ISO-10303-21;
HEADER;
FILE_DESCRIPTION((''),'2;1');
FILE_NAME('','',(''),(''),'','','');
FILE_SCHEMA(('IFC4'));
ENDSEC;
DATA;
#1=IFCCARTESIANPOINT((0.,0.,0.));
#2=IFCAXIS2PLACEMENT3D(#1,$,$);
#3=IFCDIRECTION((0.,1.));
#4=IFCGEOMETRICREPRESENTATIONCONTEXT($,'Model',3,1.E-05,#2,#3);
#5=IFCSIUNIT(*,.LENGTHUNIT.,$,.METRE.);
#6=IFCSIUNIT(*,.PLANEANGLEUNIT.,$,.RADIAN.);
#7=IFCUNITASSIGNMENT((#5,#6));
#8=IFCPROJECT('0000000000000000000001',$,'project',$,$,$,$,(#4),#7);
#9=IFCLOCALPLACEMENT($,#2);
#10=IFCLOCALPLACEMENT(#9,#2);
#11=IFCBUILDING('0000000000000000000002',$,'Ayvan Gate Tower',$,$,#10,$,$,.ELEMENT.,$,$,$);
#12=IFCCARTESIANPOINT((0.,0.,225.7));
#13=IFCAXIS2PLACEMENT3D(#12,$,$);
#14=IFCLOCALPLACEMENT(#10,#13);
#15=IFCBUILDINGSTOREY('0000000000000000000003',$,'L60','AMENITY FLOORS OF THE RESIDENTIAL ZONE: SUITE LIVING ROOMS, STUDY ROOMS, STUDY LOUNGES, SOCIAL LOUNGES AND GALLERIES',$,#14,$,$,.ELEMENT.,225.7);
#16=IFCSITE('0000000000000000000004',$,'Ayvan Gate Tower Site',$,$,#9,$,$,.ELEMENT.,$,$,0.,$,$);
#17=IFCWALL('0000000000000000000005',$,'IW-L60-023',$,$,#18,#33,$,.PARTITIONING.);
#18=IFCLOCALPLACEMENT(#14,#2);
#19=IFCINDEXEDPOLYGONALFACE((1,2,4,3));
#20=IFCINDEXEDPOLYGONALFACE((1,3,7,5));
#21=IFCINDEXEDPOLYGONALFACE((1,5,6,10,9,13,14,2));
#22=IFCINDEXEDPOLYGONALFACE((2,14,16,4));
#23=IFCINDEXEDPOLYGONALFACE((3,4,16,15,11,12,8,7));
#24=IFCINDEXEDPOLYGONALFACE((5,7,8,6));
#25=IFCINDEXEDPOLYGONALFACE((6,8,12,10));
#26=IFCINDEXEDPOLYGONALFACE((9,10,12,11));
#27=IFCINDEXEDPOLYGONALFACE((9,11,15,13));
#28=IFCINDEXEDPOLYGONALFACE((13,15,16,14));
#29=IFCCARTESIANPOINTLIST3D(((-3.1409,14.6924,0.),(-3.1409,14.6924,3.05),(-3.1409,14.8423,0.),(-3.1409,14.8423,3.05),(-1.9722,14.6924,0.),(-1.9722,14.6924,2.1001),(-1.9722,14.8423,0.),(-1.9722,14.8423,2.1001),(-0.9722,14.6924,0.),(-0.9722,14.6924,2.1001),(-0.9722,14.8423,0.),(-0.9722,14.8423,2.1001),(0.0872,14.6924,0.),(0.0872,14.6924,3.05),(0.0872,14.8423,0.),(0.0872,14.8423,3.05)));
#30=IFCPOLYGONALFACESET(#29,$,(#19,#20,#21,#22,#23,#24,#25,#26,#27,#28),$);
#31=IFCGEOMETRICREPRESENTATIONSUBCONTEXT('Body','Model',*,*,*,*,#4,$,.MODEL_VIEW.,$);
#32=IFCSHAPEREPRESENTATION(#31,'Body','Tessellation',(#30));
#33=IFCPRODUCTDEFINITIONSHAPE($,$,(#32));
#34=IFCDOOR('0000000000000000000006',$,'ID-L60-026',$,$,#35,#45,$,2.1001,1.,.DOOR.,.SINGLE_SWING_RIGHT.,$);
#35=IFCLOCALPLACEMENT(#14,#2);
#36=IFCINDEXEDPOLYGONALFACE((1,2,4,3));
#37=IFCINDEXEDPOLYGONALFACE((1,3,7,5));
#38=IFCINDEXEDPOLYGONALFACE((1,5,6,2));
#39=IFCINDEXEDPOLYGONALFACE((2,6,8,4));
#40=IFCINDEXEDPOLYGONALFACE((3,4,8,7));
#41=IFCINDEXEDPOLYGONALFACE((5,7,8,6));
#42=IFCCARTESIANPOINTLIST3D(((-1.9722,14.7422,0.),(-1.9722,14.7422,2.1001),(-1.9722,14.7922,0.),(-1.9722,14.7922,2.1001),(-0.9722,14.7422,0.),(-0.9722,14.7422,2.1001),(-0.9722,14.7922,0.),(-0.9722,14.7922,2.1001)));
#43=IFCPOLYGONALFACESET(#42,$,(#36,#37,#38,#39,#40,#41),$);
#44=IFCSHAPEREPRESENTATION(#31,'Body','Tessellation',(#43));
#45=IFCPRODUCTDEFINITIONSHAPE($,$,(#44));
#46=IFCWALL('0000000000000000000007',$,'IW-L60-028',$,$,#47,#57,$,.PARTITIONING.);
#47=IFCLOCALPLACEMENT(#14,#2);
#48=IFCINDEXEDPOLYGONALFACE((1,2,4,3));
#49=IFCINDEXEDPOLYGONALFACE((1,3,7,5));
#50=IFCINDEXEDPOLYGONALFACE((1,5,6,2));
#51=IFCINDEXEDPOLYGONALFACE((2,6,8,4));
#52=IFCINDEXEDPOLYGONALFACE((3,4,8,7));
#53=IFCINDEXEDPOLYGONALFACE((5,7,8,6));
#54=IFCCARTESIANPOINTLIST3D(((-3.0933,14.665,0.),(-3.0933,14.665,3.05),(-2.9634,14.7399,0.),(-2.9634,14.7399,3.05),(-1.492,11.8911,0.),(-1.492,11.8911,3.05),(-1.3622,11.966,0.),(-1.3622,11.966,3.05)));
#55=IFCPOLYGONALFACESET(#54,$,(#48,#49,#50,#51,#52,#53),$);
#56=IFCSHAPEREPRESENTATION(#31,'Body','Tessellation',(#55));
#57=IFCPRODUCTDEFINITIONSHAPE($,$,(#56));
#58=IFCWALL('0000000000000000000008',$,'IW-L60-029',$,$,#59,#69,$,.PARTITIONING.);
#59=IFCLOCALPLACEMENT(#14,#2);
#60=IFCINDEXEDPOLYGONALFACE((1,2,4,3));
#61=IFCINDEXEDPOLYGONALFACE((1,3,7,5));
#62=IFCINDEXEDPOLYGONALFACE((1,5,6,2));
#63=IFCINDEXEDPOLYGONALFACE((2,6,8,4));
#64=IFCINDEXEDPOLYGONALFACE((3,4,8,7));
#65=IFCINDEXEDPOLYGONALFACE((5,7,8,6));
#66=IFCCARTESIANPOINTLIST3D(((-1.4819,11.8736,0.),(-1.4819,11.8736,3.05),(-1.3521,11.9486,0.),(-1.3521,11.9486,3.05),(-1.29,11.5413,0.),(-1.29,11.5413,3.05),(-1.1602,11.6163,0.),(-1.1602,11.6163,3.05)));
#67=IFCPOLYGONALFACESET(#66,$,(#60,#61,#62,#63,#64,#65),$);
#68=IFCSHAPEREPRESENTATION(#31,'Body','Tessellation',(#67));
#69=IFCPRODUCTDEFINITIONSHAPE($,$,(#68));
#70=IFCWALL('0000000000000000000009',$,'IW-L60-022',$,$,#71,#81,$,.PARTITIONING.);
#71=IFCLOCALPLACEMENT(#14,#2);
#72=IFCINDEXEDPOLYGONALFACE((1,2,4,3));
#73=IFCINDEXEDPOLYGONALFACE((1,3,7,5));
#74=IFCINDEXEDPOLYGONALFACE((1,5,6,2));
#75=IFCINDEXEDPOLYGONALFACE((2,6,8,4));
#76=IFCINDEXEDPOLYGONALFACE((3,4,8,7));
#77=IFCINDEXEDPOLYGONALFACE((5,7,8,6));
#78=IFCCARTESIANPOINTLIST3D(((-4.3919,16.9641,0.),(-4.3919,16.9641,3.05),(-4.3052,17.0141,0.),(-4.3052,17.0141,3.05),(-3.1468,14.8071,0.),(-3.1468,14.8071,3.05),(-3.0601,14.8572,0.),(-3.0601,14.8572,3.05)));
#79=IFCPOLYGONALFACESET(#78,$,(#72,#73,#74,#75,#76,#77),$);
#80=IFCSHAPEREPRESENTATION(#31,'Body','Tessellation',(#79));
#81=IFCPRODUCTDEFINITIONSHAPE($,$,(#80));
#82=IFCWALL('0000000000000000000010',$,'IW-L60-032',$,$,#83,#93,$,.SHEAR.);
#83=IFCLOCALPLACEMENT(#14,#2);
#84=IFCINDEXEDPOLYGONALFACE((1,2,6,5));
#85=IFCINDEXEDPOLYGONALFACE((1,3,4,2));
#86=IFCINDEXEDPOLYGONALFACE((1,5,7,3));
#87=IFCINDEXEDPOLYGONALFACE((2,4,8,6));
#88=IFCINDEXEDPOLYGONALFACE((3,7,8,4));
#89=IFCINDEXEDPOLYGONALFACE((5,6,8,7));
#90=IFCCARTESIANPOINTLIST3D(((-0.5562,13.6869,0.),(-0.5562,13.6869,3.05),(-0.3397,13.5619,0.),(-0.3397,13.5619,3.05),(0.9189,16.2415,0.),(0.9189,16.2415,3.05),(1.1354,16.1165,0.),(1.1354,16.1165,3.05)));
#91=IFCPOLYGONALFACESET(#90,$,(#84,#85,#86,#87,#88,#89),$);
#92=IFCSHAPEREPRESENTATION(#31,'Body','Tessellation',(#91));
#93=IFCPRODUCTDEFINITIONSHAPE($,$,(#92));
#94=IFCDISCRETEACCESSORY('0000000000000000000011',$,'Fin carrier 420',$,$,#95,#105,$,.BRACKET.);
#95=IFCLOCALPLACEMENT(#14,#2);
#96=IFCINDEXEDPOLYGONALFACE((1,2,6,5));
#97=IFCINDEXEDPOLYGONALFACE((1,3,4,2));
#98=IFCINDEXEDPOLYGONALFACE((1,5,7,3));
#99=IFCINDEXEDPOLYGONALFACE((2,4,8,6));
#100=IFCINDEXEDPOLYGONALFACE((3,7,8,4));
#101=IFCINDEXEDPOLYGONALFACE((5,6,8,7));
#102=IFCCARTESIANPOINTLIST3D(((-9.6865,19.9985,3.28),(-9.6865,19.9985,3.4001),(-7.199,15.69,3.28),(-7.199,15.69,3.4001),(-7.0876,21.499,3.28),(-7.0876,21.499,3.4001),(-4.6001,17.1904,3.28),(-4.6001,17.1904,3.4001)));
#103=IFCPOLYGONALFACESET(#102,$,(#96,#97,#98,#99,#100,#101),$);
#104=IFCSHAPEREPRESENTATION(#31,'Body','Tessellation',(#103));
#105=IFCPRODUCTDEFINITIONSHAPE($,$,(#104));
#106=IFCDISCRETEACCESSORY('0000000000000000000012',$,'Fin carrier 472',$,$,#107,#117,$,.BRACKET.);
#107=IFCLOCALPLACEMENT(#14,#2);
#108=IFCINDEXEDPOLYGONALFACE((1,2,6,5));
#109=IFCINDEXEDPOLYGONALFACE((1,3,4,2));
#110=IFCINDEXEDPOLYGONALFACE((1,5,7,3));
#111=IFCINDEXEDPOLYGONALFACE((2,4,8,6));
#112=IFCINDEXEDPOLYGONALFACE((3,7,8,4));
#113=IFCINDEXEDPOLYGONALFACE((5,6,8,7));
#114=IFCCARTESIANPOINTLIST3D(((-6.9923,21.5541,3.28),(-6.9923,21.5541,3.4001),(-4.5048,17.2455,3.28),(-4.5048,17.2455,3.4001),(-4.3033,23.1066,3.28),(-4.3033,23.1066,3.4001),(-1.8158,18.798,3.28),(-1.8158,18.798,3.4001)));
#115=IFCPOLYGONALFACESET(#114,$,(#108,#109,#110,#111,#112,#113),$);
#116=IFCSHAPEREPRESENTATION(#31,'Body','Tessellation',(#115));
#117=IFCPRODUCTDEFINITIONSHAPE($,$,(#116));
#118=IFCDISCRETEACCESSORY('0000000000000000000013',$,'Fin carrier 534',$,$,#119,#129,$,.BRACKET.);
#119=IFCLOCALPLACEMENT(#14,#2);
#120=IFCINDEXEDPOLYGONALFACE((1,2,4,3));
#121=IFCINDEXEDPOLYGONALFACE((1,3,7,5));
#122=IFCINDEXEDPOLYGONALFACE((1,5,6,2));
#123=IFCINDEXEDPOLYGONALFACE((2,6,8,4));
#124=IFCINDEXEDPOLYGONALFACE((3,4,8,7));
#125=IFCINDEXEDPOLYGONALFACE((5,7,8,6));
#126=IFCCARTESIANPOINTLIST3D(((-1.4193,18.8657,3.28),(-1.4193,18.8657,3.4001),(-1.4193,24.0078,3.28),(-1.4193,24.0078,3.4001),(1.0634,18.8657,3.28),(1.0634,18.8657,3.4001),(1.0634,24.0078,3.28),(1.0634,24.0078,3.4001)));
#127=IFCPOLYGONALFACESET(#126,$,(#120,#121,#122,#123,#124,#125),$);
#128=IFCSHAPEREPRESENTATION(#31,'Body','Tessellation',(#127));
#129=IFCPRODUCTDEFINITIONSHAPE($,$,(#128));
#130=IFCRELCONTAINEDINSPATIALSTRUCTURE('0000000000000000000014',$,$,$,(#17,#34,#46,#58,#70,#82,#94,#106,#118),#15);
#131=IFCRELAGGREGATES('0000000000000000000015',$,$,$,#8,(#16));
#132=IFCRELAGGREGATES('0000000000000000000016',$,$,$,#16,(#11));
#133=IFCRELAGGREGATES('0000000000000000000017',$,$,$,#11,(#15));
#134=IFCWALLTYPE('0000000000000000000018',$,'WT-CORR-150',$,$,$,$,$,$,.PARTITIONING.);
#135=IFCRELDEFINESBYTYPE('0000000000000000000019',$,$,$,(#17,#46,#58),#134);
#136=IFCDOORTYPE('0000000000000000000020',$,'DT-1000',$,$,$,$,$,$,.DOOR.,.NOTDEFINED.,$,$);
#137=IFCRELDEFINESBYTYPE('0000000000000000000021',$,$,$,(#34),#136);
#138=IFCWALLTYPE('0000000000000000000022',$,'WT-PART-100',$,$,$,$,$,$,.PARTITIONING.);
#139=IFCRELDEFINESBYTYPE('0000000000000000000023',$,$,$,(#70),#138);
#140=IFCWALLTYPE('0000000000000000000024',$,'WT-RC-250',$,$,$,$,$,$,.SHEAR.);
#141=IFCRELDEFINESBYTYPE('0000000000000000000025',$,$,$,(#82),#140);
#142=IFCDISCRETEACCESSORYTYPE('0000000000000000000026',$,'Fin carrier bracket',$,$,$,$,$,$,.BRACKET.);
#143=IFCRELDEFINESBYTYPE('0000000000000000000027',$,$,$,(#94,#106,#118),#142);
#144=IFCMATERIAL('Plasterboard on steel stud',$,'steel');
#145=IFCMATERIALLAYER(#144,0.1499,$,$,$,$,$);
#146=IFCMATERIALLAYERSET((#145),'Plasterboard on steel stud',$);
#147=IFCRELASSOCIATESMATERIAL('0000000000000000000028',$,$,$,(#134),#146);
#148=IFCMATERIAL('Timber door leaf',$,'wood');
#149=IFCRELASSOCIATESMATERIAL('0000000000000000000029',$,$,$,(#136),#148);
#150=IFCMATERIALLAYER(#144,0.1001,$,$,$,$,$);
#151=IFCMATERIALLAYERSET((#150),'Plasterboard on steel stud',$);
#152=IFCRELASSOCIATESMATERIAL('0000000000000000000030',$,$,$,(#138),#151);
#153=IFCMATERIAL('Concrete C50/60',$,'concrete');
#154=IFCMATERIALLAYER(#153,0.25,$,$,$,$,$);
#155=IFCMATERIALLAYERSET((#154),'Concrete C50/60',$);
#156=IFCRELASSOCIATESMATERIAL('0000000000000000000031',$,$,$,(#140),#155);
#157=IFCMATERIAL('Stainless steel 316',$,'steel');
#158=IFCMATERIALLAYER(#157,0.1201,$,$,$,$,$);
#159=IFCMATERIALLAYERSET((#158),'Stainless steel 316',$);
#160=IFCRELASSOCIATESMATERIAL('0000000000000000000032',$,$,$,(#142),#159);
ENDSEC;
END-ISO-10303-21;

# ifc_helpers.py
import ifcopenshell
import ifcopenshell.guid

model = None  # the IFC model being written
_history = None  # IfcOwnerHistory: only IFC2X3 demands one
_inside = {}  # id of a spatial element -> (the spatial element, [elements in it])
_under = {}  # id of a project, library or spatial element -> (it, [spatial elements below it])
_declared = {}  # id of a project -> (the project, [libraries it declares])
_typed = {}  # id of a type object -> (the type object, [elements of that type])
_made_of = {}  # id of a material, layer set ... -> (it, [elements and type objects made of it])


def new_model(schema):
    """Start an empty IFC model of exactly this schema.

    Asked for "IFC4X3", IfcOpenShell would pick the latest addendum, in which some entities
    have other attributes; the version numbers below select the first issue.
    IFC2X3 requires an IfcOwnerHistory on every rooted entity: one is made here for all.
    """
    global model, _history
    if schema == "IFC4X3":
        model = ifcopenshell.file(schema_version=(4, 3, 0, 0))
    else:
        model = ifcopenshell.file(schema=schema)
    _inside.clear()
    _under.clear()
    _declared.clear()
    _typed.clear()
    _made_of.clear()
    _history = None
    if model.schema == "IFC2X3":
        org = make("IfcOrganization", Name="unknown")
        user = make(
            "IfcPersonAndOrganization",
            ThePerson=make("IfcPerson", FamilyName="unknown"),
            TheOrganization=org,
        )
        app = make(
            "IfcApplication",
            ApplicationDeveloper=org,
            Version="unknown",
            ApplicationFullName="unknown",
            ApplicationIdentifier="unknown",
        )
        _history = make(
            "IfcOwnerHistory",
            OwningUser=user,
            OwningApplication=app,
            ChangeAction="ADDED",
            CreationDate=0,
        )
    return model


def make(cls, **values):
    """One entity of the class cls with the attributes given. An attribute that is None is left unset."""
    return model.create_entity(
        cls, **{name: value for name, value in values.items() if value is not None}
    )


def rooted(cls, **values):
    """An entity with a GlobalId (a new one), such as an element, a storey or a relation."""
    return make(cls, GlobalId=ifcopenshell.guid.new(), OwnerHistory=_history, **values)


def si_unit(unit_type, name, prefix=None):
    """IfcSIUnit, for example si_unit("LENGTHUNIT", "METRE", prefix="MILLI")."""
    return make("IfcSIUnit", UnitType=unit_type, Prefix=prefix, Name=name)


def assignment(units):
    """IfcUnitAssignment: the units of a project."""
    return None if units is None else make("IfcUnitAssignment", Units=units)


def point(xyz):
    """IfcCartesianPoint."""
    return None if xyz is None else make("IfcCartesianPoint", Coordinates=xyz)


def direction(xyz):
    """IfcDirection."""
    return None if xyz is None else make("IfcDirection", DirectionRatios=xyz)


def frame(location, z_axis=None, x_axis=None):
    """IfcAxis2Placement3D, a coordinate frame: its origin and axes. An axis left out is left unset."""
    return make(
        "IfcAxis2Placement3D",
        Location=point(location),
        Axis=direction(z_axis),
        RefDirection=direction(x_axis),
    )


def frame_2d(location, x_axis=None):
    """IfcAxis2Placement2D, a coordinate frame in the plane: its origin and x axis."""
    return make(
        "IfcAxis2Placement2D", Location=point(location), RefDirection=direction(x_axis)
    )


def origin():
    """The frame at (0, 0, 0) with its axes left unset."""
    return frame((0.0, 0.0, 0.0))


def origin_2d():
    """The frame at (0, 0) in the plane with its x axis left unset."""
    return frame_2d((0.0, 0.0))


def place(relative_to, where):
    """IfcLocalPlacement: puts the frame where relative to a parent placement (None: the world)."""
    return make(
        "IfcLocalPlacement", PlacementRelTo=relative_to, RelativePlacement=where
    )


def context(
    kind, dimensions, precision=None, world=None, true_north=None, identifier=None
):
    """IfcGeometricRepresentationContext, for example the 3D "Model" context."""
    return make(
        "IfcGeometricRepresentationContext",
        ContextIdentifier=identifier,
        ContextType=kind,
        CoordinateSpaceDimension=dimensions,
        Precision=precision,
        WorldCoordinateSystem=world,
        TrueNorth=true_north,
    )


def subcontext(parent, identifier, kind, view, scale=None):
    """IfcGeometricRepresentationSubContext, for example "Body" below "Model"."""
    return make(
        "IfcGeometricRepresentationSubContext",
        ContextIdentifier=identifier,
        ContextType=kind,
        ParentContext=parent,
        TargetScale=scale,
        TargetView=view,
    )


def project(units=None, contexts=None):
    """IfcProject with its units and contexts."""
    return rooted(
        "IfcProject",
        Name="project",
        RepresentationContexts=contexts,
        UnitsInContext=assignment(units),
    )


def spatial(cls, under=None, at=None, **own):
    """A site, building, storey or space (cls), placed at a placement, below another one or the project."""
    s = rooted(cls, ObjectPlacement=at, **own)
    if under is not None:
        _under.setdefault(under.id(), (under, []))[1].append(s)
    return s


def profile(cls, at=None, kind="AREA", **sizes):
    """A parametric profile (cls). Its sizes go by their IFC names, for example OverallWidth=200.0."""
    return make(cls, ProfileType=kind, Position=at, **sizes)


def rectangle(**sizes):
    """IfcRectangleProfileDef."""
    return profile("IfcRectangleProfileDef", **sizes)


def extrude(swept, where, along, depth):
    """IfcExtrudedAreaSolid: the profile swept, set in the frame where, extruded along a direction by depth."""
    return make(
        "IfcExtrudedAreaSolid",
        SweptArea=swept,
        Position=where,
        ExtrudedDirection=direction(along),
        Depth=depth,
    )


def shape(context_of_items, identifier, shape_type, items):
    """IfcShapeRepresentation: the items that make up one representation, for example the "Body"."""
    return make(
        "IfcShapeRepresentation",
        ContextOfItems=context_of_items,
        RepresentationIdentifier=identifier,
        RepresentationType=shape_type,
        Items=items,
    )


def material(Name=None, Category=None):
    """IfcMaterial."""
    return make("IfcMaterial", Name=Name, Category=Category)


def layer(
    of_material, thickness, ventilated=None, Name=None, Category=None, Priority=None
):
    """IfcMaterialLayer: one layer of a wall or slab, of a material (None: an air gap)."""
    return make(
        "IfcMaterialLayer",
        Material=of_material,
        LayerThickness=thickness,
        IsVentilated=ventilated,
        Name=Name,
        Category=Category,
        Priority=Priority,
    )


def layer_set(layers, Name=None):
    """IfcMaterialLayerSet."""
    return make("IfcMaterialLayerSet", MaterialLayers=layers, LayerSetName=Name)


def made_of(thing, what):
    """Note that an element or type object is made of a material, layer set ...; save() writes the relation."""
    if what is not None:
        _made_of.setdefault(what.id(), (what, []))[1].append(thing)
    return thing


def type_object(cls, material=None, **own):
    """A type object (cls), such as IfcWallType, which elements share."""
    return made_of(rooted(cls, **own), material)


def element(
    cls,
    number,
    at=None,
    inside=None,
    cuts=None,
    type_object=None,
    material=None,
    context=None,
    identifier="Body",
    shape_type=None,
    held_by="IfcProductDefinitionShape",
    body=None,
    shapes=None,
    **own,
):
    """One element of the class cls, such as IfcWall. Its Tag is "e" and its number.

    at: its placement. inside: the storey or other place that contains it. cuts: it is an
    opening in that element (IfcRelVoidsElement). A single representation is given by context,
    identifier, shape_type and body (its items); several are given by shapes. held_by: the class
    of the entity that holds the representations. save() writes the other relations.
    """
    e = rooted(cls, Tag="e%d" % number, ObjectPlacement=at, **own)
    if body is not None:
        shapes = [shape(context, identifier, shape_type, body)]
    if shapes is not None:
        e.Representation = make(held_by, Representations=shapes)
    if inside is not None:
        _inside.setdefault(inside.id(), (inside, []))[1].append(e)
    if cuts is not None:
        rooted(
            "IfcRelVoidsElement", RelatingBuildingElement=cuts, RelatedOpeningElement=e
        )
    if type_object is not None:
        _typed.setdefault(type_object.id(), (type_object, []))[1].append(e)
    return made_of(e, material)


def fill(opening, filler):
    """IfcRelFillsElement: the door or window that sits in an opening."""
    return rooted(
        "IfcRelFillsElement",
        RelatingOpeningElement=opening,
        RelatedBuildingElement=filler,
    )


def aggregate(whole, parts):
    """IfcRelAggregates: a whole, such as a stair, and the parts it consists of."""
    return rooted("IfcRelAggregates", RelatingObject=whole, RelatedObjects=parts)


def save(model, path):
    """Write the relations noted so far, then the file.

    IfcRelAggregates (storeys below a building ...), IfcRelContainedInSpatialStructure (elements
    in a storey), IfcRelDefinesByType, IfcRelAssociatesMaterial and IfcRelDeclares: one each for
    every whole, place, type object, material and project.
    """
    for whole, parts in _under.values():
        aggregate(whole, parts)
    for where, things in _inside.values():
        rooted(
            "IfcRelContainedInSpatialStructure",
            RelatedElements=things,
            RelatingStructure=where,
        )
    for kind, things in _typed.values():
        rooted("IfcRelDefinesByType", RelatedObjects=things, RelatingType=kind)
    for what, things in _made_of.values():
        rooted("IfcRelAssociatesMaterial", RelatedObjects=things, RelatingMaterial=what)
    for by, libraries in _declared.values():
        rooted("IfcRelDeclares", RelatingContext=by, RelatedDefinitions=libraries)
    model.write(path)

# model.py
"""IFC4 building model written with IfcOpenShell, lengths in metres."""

from ifc_helpers import new_model, si_unit, direction, frame, frame_2d, origin, origin_2d, place, context, subcontext, project, spatial, rectangle, extrude, material, layer, layer_set, type_object, element, fill, save


model = new_model("IFC4")

# Units and contexts
model_context = context("Model", 3, precision=1e-05, world=origin(), true_north=direction((0.0, 1.0)))
body_context = subcontext(model_context, "Body", "Model", "MODEL_VIEW")
ifc_project = project(units=[si_unit("LENGTHUNIT", "METRE"), si_unit("PLANEANGLEUNIT", "RADIAN")], contexts=[model_context])

# Site, building, storey
site_placement = place(None, origin())
site = spatial("IfcSite", under=ifc_project, at=site_placement, Name="Ayvan Gate Tower Site", CompositionType="ELEMENT", RefElevation=0.0)
building_placement = place(site_placement, origin())
building = spatial("IfcBuilding", under=site, at=building_placement, Name="Ayvan Gate Tower", CompositionType="ELEMENT")
storey_placement = place(building_placement, frame((0.0, 0.0, 225.7)))
storey = spatial("IfcBuildingStorey", under=building, at=storey_placement, Name="L60", Description="AMENITY FLOORS OF THE RESIDENTIAL ZONE: SUITE LIVING ROOMS, STUDY ROOMS, STUDY LOUNGES, SOCIAL LOUNGES AND GALLERIES", CompositionType="ELEMENT", Elevation=225.7)

# Shared definitions
ifc_material_1 = material(Name="Concrete C50/60", Category="concrete")

# Wall, opening, door
ifc_material_2 = material(Name="Plasterboard on steel stud", Category="steel")
ifc_layer_1 = layer(ifc_material_2, 0.1499)
ifc_layer_set_1 = layer_set([ifc_layer_1], Name="Plasterboard on steel stud")
wall_type_1 = type_object("IfcWallType", Name="WT-CORR-150", PredefinedType="PARTITIONING", material=ifc_layer_set_1)
wall_1_placement = place(storey_placement, frame((-3.1409, 14.7673, 0.0), z_axis=(0.0, 0.0, 1.0), x_axis=(1.0, 0.0, 0.0)))
wall_1 = element("IfcWall", 1, at=wall_1_placement, inside=storey, type_object=wall_type_1, Name="IW-L60-023", PredefinedType="PARTITIONING", context=body_context, shape_type="SweptSolid", body=[
    extrude(rectangle(XDim=3.228, YDim=0.1499, at=frame_2d((1.614, 0.0))), origin(), (0.0, 0.0, 1.0), 3.05),
])
opening_placement = place(wall_1_placement, frame((1.1687, 0.0, 0.0)))
opening = element("IfcOpeningElement", 2, at=opening_placement, cuts=wall_1, PredefinedType="OPENING", context=body_context, shape_type="SweptSolid", body=[
    extrude(rectangle(XDim=1.0, YDim=2.1001, at=frame_2d((0.5, 1.05))), frame((0.0, 0.085, 0.0), z_axis=(0.0, -1.0, 0.0), x_axis=(1.0, 0.0, 0.0)), (0.0, 0.0, 1.0), 0.1699),
])
ifc_material_3 = material(Name="Timber door leaf", Category="wood")
door_type = type_object("IfcDoorType", Name="DT-1000", OperationType="NOTDEFINED", PredefinedType="DOOR", material=ifc_material_3)
door_placement = place(opening_placement, origin())
door = element("IfcDoor", 3, at=door_placement, inside=storey, type_object=door_type, Name="ID-L60-026", OperationType="SINGLE_SWING_RIGHT", OverallHeight=2.1001, OverallWidth=1.0, PredefinedType="DOOR", context=body_context, shape_type="SweptSolid", body=[
    extrude(rectangle(XDim=1.0, YDim=2.1001, at=frame_2d((0.5, 1.05))), frame((0.0, 0.0249, 0.0), z_axis=(0.0, -1.0, 0.0), x_axis=(1.0, 0.0, 0.0)), (0.0, 0.0, 1.0), 0.05),
])
fill(opening, door)

# Walls
wall_2_placement = place(storey_placement, frame((-1.427, 11.9285, 0.0), z_axis=(0.0, 0.0, 1.0), x_axis=(-0.499951, 0.866054, 0.0)))
element("IfcWall", 4, at=wall_2_placement, inside=storey, type_object=wall_type_1, Name="IW-L60-028", PredefinedType="PARTITIONING", context=body_context, shape_type="SweptSolid", body=[
    extrude(rectangle(XDim=3.2029, YDim=0.1499, at=frame_2d((1.6016, 0.0))), origin(), (0.0, 0.0, 1.0), 3.05),
])
wall_3_placement = place(storey_placement, frame((-1.417, 11.9111, 0.0), z_axis=(0.0, 0.0, 1.0), x_axis=(0.500108, -0.865963, 0.0)))
element("IfcWall", 5, at=wall_3_placement, inside=storey, type_object=wall_type_1, Name="IW-L60-029", PredefinedType="PARTITIONING", context=body_context, shape_type="SweptSolid", body=[
    extrude(rectangle(XDim=0.3838, YDim=0.1499, at=frame_2d((0.1919, 0.0))), origin(), (0.0, 0.0, 1.0), 3.05),
])
ifc_layer_2 = layer(ifc_material_2, 0.1001)
ifc_layer_set_2 = layer_set([ifc_layer_2], Name="Plasterboard on steel stud")
wall_type_2 = type_object("IfcWallType", Name="WT-PART-100", PredefinedType="PARTITIONING", material=ifc_layer_set_2)
wall_4_placement = place(storey_placement, frame((-3.1035, 14.8323, 0.0), z_axis=(0.0, 0.0, 1.0), x_axis=(-0.499935, 0.866063, 0.0)))
element("IfcWall", 6, at=wall_4_placement, inside=storey, type_object=wall_type_2, Name="IW-L60-022", PredefinedType="PARTITIONING", context=body_context, shape_type="SweptSolid", body=[
    extrude(rectangle(XDim=2.4905, YDim=0.1001, at=frame_2d((1.2451, 0.0))), origin(), (0.0, 0.0, 1.0), 3.05),
])
ifc_layer_3 = layer(ifc_material_1, 0.25)
ifc_layer_set_3 = layer_set([ifc_layer_3], Name="Concrete C50/60")
wall_type_3 = type_object("IfcWallType", Name="WT-RC-250", PredefinedType="SHEAR", material=ifc_layer_set_3)
wall_5_placement = place(storey_placement, frame((-0.448, 13.6243, 0.0), z_axis=(0.0, 0.0, 1.0), x_axis=(0.500038, 0.866004, 0.0)))
element("IfcWall", 7, at=wall_5_placement, inside=storey, type_object=wall_type_3, Name="IW-L60-032", PredefinedType="SHEAR", context=body_context, shape_type="SweptSolid", body=[
    extrude(rectangle(XDim=2.95, YDim=0.25, at=frame_2d((1.4751, 0.0))), origin(), (0.0, 0.0, 1.0), 3.05),
])

# Discrete accessories
ifc_material_4 = material(Name="Stainless steel 316", Category="steel")
ifc_layer_4 = layer(ifc_material_4, 0.1201)
ifc_layer_set_4 = layer_set([ifc_layer_4], Name="Stainless steel 316")
discrete_accessory_type = type_object("IfcDiscreteAccessoryType", Name="Fin carrier bracket", PredefinedType="BRACKET", material=ifc_layer_set_4)
discrete_accessory_1_placement = place(storey_placement, frame((-7.1433, 18.5945, 3.28), z_axis=(0.0, 0.0, 1.0), x_axis=(-0.866025, -0.5, 0.0)))
element("IfcDiscreteAccessory", 8, at=discrete_accessory_1_placement, inside=storey, type_object=discrete_accessory_type, Name="Fin carrier 420", PredefinedType="BRACKET", context=body_context, shape_type="SweptSolid", body=[
    extrude(rectangle(XDim=3.001, YDim=4.9751, at=origin_2d()), origin(), (0.0, 0.0, 1.0), 0.1201),
])
discrete_accessory_2_placement = place(storey_placement, frame((-4.4041, 20.176, 3.28), z_axis=(0.0, 0.0, 1.0), x_axis=(-0.866025, -0.5, 0.0)))
element("IfcDiscreteAccessory", 9, at=discrete_accessory_2_placement, inside=storey, type_object=discrete_accessory_type, Name="Fin carrier 472", PredefinedType="BRACKET", context=body_context, shape_type="SweptSolid", body=[
    extrude(rectangle(XDim=3.105, YDim=4.9751, at=origin_2d()), origin(), (0.0, 0.0, 1.0), 0.1201),
])
discrete_accessory_3_placement = place(storey_placement, frame((-0.178, 21.4368, 3.28), z_axis=(0.0, 0.0, 1.0), x_axis=(-1.0, 0.0, 0.0)))
element("IfcDiscreteAccessory", 10, at=discrete_accessory_3_placement, inside=storey, type_object=discrete_accessory_type, Name="Fin carrier 534", PredefinedType="BRACKET", context=body_context, shape_type="SweptSolid", body=[
    extrude(rectangle(XDim=2.4827, YDim=5.1421, at=origin_2d()), origin(), (0.0, 0.0, 1.0), 0.1201),
])

save(model, "model.ifc")
